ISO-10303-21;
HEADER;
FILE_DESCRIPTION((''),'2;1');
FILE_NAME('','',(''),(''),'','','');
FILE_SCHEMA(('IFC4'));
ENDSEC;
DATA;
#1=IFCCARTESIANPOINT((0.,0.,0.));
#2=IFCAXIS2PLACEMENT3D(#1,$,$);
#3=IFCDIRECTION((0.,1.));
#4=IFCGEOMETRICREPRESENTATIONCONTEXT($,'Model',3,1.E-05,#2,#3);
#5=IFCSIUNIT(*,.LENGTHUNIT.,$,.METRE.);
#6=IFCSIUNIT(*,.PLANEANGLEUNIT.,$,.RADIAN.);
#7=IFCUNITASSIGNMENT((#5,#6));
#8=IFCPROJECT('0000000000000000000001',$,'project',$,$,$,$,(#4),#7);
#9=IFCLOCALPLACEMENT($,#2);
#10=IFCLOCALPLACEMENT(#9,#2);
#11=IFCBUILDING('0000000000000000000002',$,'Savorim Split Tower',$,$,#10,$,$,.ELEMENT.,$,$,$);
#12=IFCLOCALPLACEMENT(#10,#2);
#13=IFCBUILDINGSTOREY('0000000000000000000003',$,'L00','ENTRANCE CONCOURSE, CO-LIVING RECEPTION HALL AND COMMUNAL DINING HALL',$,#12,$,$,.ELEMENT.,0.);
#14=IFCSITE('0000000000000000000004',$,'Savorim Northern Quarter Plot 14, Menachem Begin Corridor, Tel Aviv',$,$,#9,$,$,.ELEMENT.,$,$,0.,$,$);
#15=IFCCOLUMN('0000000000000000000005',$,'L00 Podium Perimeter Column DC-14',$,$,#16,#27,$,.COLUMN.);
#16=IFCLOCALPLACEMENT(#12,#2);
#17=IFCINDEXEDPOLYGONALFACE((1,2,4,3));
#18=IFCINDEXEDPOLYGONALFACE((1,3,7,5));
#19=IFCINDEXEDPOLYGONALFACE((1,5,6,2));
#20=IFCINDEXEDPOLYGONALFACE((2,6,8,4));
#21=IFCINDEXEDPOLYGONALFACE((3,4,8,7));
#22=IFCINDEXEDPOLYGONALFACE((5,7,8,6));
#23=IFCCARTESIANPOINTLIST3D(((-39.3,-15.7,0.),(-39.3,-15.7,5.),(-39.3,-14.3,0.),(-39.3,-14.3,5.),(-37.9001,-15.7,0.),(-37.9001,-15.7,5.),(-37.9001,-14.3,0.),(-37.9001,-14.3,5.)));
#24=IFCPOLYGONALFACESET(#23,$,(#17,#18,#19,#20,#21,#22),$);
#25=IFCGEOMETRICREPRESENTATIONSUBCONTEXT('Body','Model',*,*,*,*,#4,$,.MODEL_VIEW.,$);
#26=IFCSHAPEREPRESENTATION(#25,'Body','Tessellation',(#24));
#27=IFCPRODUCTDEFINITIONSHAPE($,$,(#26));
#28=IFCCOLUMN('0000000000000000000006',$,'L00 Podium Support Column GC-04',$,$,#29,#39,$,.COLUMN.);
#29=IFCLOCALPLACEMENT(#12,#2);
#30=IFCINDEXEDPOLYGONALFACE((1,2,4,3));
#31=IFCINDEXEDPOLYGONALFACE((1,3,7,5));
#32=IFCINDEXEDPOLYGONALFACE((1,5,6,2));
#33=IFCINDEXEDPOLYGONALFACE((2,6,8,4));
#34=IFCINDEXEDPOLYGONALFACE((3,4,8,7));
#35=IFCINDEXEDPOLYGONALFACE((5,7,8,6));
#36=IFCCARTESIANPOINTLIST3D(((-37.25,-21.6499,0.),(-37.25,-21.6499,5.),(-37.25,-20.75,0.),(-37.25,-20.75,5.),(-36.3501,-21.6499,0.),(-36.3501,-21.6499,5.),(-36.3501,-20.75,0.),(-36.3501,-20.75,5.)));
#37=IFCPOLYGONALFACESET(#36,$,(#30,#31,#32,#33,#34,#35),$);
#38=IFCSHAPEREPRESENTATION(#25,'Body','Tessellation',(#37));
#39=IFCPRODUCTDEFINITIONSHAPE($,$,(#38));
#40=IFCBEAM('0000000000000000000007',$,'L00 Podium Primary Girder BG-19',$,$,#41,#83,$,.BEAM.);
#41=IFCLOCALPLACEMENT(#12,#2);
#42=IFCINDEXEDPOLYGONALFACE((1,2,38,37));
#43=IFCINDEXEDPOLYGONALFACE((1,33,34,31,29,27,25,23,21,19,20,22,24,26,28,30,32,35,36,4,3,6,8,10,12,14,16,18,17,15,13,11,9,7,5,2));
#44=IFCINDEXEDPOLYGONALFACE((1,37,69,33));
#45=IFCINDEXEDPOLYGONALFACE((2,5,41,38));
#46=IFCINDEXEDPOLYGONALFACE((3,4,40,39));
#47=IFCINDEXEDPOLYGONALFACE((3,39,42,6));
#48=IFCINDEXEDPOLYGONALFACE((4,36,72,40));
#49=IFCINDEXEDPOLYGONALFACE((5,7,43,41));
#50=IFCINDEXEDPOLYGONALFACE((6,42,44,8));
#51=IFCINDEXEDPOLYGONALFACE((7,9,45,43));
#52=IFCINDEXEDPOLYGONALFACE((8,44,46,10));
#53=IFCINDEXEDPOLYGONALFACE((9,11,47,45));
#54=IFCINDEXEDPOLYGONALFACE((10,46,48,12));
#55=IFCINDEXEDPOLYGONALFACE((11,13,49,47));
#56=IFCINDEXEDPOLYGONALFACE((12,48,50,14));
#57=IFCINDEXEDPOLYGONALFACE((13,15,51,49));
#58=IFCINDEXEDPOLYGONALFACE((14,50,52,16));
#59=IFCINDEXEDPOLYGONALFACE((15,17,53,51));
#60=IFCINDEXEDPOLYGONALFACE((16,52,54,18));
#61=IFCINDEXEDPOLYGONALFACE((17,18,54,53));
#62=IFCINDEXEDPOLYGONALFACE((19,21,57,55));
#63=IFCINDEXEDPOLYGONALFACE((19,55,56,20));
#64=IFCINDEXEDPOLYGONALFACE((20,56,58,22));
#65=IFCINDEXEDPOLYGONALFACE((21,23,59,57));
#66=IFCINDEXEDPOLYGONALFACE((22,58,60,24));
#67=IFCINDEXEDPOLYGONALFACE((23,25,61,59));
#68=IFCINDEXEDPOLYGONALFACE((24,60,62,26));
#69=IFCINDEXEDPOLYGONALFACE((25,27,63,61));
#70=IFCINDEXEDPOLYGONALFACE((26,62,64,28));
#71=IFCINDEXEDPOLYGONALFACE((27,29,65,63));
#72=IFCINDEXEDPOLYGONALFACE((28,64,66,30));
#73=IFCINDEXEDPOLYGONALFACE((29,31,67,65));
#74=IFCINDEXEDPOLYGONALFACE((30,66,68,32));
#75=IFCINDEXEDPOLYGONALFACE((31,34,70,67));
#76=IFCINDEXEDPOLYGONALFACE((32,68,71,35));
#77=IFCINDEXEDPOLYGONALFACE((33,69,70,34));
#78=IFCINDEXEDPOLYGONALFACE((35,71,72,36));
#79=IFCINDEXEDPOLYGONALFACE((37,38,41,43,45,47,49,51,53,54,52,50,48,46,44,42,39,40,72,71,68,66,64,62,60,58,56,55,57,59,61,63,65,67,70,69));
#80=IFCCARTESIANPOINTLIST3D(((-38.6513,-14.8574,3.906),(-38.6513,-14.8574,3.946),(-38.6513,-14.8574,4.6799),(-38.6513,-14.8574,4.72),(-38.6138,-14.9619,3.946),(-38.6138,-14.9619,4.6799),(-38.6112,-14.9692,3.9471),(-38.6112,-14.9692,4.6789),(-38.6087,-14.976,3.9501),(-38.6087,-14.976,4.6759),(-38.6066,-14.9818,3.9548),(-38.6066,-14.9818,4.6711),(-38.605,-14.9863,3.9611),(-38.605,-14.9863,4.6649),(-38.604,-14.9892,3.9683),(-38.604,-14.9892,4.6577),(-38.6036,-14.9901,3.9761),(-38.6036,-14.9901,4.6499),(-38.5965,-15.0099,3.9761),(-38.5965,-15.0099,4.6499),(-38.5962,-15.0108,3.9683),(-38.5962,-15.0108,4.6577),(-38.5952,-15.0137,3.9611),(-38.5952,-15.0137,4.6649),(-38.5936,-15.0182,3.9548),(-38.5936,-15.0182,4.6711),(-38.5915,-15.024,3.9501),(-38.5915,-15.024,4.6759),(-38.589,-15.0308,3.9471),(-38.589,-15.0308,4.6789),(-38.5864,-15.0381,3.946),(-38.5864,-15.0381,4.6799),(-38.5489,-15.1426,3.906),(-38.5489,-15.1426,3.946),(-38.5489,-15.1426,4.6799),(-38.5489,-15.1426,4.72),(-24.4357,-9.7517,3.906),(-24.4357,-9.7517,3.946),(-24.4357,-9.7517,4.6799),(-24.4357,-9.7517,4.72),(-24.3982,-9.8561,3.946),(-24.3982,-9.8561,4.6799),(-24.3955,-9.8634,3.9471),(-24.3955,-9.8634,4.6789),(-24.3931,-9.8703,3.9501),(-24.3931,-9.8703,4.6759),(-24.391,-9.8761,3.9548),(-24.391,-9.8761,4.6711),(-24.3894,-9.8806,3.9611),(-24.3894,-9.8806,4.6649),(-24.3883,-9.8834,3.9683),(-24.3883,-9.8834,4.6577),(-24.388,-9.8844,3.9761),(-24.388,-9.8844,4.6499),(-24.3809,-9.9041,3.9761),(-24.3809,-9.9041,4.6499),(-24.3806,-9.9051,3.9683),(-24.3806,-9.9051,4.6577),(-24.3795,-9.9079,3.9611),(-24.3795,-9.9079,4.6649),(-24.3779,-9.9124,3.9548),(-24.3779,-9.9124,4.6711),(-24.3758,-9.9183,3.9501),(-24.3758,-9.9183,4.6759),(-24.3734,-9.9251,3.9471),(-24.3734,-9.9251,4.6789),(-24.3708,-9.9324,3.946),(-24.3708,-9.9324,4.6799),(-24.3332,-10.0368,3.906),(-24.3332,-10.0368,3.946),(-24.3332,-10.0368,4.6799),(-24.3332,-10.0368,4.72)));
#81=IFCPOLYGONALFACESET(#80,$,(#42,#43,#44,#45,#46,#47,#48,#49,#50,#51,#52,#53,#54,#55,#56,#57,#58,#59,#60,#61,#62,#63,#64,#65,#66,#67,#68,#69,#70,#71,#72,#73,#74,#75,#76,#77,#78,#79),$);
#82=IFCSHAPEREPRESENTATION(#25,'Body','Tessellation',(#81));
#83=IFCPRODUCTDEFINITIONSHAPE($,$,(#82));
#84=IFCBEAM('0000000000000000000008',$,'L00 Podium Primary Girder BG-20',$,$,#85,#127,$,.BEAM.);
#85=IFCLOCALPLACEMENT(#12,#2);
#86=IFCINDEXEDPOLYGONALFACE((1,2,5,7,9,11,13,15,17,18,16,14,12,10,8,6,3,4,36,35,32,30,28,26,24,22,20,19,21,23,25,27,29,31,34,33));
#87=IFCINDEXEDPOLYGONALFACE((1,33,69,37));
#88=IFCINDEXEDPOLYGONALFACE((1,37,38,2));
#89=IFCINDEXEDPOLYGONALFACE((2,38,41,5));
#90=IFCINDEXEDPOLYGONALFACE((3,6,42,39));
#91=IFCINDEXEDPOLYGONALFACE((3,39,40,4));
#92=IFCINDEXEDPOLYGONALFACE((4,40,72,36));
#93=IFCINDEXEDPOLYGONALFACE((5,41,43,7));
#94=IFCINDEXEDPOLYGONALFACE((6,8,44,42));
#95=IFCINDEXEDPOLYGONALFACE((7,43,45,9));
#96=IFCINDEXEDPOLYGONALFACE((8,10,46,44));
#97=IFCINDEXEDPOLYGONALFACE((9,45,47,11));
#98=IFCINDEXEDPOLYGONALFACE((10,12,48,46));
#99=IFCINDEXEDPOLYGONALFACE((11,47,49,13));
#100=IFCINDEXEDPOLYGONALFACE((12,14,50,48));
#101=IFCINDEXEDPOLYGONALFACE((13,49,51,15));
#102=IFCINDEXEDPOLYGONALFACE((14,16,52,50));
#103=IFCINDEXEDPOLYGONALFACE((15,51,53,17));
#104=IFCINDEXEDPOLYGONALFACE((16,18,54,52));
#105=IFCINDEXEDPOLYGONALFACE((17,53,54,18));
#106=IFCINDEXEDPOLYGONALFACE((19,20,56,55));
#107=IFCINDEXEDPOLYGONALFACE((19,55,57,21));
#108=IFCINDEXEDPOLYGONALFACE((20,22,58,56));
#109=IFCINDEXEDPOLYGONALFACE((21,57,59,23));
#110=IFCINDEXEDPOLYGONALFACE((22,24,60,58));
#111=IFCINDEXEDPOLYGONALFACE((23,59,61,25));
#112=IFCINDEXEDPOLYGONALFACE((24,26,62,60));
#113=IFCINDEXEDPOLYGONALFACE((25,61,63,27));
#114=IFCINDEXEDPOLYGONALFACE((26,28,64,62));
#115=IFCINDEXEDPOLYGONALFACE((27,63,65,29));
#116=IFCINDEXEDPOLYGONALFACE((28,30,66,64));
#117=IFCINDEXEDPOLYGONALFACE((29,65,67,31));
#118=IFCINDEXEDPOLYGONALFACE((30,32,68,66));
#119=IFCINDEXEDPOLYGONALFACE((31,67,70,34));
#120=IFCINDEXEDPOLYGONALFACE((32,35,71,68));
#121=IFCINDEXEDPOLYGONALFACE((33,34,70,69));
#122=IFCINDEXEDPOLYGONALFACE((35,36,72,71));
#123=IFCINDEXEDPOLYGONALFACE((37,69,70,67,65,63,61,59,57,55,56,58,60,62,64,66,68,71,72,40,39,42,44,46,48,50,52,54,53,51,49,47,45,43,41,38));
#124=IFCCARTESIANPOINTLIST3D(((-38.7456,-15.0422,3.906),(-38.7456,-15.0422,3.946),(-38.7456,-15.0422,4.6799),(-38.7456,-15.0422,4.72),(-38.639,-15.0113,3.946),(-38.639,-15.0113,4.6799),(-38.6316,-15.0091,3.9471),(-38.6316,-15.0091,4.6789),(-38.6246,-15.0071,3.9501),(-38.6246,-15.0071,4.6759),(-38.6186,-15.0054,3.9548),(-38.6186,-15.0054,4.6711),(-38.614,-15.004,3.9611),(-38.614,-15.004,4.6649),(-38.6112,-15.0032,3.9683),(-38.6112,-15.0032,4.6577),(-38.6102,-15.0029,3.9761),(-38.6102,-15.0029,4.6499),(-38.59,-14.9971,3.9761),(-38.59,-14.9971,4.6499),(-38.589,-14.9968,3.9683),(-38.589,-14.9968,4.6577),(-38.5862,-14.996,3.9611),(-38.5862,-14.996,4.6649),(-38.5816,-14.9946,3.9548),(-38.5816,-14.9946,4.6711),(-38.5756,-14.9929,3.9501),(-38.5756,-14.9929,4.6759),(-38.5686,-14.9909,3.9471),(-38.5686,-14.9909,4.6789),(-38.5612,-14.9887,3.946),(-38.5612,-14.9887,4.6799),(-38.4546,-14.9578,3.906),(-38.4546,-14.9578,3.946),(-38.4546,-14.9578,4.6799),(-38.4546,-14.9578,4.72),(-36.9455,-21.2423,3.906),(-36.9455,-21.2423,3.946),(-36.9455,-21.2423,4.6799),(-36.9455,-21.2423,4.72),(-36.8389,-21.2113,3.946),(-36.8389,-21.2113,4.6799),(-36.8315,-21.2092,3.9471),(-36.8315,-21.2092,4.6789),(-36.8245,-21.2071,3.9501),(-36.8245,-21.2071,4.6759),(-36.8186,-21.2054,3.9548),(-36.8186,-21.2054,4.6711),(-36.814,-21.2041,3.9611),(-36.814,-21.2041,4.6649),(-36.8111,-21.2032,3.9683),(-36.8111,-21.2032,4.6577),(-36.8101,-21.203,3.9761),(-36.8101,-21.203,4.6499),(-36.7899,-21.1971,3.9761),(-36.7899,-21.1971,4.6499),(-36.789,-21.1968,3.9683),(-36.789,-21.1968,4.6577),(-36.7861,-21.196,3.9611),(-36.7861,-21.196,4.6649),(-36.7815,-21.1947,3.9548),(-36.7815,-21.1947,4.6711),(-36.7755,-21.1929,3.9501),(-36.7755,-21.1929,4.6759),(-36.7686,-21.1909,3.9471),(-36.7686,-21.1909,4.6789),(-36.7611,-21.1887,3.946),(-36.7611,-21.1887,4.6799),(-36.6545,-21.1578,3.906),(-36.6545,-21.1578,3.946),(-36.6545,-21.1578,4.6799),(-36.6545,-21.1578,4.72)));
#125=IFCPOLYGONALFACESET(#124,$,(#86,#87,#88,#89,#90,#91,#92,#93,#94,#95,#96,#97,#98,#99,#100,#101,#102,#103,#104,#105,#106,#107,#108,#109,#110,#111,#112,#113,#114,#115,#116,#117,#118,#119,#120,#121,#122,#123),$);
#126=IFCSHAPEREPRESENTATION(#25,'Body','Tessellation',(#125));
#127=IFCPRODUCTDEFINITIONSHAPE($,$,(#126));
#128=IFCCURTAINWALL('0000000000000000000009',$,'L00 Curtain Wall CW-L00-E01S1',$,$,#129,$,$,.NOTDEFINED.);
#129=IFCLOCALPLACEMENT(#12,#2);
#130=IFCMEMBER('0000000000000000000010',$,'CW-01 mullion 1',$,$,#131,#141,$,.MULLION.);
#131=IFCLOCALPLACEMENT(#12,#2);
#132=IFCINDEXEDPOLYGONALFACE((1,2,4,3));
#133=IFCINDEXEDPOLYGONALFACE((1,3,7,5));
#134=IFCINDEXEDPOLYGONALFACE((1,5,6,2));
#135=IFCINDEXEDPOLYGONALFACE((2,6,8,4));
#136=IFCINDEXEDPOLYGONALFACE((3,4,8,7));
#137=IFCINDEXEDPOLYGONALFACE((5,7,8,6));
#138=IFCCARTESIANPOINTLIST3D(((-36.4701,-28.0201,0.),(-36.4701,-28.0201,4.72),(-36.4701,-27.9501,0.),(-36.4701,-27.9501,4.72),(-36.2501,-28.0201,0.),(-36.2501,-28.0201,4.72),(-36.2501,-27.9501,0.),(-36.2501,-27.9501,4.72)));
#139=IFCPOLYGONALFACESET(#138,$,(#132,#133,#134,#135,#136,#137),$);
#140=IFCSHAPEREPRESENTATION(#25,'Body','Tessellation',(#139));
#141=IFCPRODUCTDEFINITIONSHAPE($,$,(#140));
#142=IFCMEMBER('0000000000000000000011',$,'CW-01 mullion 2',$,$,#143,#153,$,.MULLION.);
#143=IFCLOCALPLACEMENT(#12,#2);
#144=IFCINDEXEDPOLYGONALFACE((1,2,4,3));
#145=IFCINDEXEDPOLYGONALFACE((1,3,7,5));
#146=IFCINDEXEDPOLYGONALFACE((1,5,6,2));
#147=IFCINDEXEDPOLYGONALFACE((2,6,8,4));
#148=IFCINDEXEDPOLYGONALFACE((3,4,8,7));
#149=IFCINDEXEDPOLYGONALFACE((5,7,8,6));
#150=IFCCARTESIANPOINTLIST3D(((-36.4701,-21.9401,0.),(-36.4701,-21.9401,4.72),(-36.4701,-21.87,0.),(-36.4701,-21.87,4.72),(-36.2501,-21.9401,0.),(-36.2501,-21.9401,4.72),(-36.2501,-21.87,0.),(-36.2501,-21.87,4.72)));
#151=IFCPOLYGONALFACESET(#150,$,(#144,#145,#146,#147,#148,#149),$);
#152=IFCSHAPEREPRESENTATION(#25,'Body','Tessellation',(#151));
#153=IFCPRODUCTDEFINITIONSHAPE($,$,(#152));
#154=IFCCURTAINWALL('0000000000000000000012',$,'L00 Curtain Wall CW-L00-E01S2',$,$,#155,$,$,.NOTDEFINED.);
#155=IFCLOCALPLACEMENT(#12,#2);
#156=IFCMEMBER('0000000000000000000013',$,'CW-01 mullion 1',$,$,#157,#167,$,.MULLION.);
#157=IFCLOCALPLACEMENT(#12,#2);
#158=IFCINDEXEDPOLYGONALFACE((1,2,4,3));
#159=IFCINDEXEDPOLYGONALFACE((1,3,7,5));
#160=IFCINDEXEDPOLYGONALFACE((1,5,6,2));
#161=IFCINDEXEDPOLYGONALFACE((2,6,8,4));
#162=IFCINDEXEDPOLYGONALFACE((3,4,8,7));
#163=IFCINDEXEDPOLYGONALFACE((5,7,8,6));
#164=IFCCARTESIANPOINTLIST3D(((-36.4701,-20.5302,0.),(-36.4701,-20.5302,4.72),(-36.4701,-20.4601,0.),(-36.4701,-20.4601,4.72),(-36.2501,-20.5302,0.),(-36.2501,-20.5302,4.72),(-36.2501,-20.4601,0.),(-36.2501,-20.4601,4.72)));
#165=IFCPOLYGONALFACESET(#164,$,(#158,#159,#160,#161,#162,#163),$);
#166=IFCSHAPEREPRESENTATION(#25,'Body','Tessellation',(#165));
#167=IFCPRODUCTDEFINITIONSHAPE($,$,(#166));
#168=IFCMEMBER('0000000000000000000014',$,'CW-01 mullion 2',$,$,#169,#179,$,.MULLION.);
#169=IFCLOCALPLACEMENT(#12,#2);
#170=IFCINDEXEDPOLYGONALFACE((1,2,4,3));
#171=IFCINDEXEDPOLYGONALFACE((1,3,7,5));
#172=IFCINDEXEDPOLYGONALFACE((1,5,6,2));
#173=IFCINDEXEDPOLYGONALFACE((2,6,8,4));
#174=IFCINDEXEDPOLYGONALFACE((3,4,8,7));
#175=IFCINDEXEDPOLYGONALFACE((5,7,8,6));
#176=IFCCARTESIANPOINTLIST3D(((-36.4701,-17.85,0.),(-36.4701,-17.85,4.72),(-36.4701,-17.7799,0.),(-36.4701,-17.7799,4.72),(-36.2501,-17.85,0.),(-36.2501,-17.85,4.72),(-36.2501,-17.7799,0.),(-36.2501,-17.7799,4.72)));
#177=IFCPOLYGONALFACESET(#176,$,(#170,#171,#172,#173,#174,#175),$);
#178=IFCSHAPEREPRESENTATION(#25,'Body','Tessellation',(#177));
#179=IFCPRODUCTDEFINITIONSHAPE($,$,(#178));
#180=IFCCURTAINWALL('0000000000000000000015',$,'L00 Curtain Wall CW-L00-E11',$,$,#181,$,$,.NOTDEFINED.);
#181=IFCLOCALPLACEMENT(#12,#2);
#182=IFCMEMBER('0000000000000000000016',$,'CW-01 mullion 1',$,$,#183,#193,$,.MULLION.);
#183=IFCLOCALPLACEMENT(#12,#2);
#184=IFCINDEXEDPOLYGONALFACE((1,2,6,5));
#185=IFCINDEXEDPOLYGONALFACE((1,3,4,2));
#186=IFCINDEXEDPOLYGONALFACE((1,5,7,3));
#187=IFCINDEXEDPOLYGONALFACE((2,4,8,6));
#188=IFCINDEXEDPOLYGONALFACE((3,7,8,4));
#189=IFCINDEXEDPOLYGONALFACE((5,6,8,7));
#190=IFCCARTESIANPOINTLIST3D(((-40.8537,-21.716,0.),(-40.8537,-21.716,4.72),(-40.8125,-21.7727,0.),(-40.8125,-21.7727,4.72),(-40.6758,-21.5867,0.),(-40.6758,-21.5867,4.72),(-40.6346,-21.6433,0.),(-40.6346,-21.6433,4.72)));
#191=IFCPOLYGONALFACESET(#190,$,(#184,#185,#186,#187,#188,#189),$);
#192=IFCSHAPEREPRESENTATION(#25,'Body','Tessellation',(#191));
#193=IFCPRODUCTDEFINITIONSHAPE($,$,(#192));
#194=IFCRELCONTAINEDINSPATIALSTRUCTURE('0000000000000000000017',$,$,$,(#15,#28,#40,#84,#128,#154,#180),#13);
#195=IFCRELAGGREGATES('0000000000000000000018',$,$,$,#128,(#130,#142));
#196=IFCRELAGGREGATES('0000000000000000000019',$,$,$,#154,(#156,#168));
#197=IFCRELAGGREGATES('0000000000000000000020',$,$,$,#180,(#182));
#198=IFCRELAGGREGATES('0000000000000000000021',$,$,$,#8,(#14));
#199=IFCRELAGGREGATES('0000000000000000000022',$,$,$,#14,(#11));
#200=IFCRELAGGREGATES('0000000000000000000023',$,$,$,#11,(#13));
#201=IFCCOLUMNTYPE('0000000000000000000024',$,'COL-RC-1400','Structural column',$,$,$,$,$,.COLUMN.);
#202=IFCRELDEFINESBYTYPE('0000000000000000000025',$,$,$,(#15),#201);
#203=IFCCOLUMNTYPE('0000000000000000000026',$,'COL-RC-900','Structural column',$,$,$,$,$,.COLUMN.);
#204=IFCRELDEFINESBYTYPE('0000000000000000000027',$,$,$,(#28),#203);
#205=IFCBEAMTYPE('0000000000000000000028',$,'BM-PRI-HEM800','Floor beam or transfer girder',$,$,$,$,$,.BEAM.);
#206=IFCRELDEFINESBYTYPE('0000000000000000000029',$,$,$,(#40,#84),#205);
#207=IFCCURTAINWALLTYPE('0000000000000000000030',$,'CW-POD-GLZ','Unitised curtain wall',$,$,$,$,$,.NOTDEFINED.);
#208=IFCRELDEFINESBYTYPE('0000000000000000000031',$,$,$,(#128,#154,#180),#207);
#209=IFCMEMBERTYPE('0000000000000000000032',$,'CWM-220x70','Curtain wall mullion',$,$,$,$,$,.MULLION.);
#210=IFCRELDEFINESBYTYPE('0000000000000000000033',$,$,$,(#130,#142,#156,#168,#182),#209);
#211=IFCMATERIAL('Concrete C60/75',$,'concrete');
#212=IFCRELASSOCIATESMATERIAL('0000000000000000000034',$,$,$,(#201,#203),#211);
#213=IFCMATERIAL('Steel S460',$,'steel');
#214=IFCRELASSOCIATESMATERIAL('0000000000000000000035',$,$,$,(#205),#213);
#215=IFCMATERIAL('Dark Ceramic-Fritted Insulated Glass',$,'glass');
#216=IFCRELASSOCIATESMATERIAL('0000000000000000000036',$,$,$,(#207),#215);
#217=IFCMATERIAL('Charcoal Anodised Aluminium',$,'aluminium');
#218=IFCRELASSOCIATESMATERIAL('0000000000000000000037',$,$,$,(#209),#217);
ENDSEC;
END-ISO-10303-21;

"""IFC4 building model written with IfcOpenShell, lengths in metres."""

from ifc_helpers import new_model, si_unit, direction, frame, origin, origin_2d, place, context, subcontext, project, spatial, rectangle, i_section, extrude, material, material_profile, profile_set, type_object, element, aggregate, save


model = new_model("IFC4")

# Units and contexts
model_context = context("Model", 3, precision=1e-05, world=origin(), true_north=direction((0.0, 1.0)))
body_context = subcontext(model_context, "Body", "Model", "MODEL_VIEW")
ifc_project = project(units=[si_unit("LENGTHUNIT", "METRE"), si_unit("PLANEANGLEUNIT", "RADIAN")], contexts=[model_context])

# Site, building, storey
site_placement = place(None, origin())
site = spatial("IfcSite", under=ifc_project, at=site_placement, Name="Savorim Northern Quarter Plot 14, Menachem Begin Corridor, Tel Aviv", CompositionType="ELEMENT", RefElevation=0.0)
building_placement = place(site_placement, origin())
building = spatial("IfcBuilding", under=site, at=building_placement, Name="Savorim Split Tower", CompositionType="ELEMENT")
storey_placement = place(building_placement, origin())
storey = spatial("IfcBuildingStorey", under=building, at=storey_placement, Name="L00", Description="ENTRANCE CONCOURSE, CO-LIVING RECEPTION HALL AND COMMUNAL DINING HALL", CompositionType="ELEMENT", Elevation=0.0)

# Columns
ifc_material_1 = material(Name="Concrete C60/75", Category="concrete")
ifc_material_profile_1 = material_profile(ifc_material_1, rectangle(XDim=1.3999, YDim=1.3999, at=origin_2d()), Name="RC 1400x1400")
ifc_profile_set_1 = profile_set([ifc_material_profile_1], Name="Concrete C60/75")
column_type_1 = type_object("IfcColumnType", Name="COL-RC-1400", Description="Structural column", PredefinedType="COLUMN", material=ifc_profile_set_1)
column_1_placement = place(storey_placement, frame((-38.6001, -15.0, 0.0), z_axis=(0.0, 0.0, 1.0), x_axis=(1.0, 0.0, 0.0)))
element("IfcColumn", 1, at=column_1_placement, inside=storey, type_object=column_type_1, Name="L00 Podium Perimeter Column DC-14", PredefinedType="COLUMN", context=body_context, shape_type="SweptSolid", body=[
    extrude(rectangle(XDim=1.3999, YDim=1.3999, at=origin_2d()), origin(), (0.0, 0.0, 1.0), 5.0),
])
ifc_material_profile_2 = material_profile(ifc_material_1, rectangle(XDim=0.8999, YDim=0.8999, at=origin_2d()), Name="RC 900x900")
ifc_profile_set_2 = profile_set([ifc_material_profile_2], Name="Concrete C60/75")
column_type_2 = type_object("IfcColumnType", Name="COL-RC-900", Description="Structural column", PredefinedType="COLUMN", material=ifc_profile_set_2)
column_2_placement = place(storey_placement, frame((-36.8, -21.2, 0.0), z_axis=(0.0, 0.0, 1.0), x_axis=(1.0, 0.0, 0.0)))
element("IfcColumn", 2, at=column_2_placement, inside=storey, type_object=column_type_2, Name="L00 Podium Support Column GC-04", PredefinedType="COLUMN", context=body_context, shape_type="SweptSolid", body=[
    extrude(rectangle(XDim=0.8999, YDim=0.8999, at=origin_2d()), origin(), (0.0, 0.0, 1.0), 5.0),
])

# Beams
ifc_material_2 = material(Name="Steel S460", Category="steel")
ifc_material_profile_3 = material_profile(ifc_material_2, i_section(OverallWidth=0.303, OverallDepth=0.814, WebThickness=0.021, FlangeThickness=0.04, FilletRadius=0.03, at=origin_2d()), Name="HE 800 M")
ifc_profile_set_3 = profile_set([ifc_material_profile_3], Name="Steel S460")
beam_type = type_object("IfcBeamType", Name="BM-PRI-HEM800", Description="Floor beam or transfer girder", PredefinedType="BEAM", material=ifc_profile_set_3)
beam_1_placement = place(storey_placement, frame((-38.6001, -15.0, 4.313), z_axis=(0.941138, 0.338022, 0.0), x_axis=(-0.338022, 0.941138, 0.0)))
element("IfcBeam", 3, at=beam_1_placement, inside=storey, type_object=beam_type, Name="L00 Podium Primary Girder BG-19", PredefinedType="BEAM", context=body_context, shape_type="SweptSolid", body=[
    extrude(i_section(OverallWidth=0.303, OverallDepth=0.814, WebThickness=0.021, FlangeThickness=0.04, FilletRadius=0.03, at=origin_2d()), origin(), (0.0, 0.0, 1.0), 15.1047),
])
beam_2_placement = place(storey_placement, frame((-38.6001, -15.0, 4.313), z_axis=(0.278819, -0.960344, 0.0), x_axis=(0.960344, 0.278819, 0.0)))
element("IfcBeam", 4, at=beam_2_placement, inside=storey, type_object=beam_type, Name="L00 Podium Primary Girder BG-20", PredefinedType="BEAM", context=body_context, shape_type="SweptSolid", body=[
    extrude(i_section(OverallWidth=0.303, OverallDepth=0.814, WebThickness=0.021, FlangeThickness=0.04, FilletRadius=0.03, at=origin_2d()), origin(), (0.0, 0.0, 1.0), 6.4561),
])

# Curtain walls, members
ifc_material_3 = material(Name="Dark Ceramic-Fritted Insulated Glass", Category="glass")
curtain_wall_type = type_object("IfcCurtainWallType", Name="CW-POD-GLZ", Description="Unitised curtain wall", PredefinedType="NOTDEFINED", material=ifc_material_3)
curtain_wall_1_placement = place(storey_placement, origin())
curtain_wall_1 = element("IfcCurtainWall", 5, at=curtain_wall_1_placement, inside=storey, type_object=curtain_wall_type, Name="L00 Curtain Wall CW-L00-E01S1", PredefinedType="NOTDEFINED")
ifc_material_4 = material(Name="Charcoal Anodised Aluminium", Category="aluminium")
ifc_material_profile_4 = material_profile(ifc_material_4, rectangle(XDim=0.22, YDim=0.0701, at=origin_2d()), Name="ALU-M 220x70")
ifc_profile_set_4 = profile_set([ifc_material_profile_4], Name="Charcoal Anodised Aluminium")
member_type_1 = type_object("IfcMemberType", Name="CWM-220x70", Description="Curtain wall mullion", PredefinedType="MULLION", material=ifc_profile_set_4)
member_1_placement = place(storey_placement, frame((-36.3601, -27.9851, 0.0), z_axis=(0.0, 0.0, 1.0), x_axis=(-1.0, 0.0, 0.0)))
member_1 = element("IfcMember", 6, at=member_1_placement, type_object=member_type_1, Name="CW-01 mullion 1", PredefinedType="MULLION", context=body_context, shape_type="SweptSolid", body=[
    extrude(rectangle(XDim=0.22, YDim=0.0701, at=origin_2d()), origin(), (0.0, 0.0, 1.0), 4.72),
])
member_2_placement = place(storey_placement, frame((-36.3601, -21.905, 0.0), z_axis=(0.0, 0.0, 1.0), x_axis=(-1.0, 0.0, 0.0)))
member_2 = element("IfcMember", 7, at=member_2_placement, type_object=member_type_1, Name="CW-01 mullion 2", PredefinedType="MULLION", context=body_context, shape_type="SweptSolid", body=[
    extrude(rectangle(XDim=0.22, YDim=0.0701, at=origin_2d()), origin(), (0.0, 0.0, 1.0), 4.72),
])
curtain_wall_2_placement = place(storey_placement, origin())
curtain_wall_2 = element("IfcCurtainWall", 8, at=curtain_wall_2_placement, inside=storey, type_object=curtain_wall_type, Name="L00 Curtain Wall CW-L00-E01S2", PredefinedType="NOTDEFINED")
member_3_placement = place(storey_placement, frame((-36.3601, -20.4951, 0.0), z_axis=(0.0, 0.0, 1.0), x_axis=(-1.0, 0.0, 0.0)))
member_3 = element("IfcMember", 9, at=member_3_placement, type_object=member_type_1, Name="CW-01 mullion 1", PredefinedType="MULLION", context=body_context, shape_type="SweptSolid", body=[
    extrude(rectangle(XDim=0.22, YDim=0.0701, at=origin_2d()), origin(), (0.0, 0.0, 1.0), 4.72),
])
member_4_placement = place(storey_placement, frame((-36.3601, -17.8149, 0.0), z_axis=(0.0, 0.0, 1.0), x_axis=(-1.0, 0.0, 0.0)))
member_4 = element("IfcMember", 10, at=member_4_placement, type_object=member_type_1, Name="CW-01 mullion 2", PredefinedType="MULLION", context=body_context, shape_type="SweptSolid", body=[
    extrude(rectangle(XDim=0.22, YDim=0.0701, at=origin_2d()), origin(), (0.0, 0.0, 1.0), 4.72),
])

# Curtain wall, member
curtain_wall_3_placement = place(storey_placement, origin())
curtain_wall_3 = element("IfcCurtainWall", 11, at=curtain_wall_3_placement, inside=storey, type_object=curtain_wall_type, Name="L00 Curtain Wall CW-L00-E11", PredefinedType="NOTDEFINED")
member_5_placement = place(storey_placement, frame((-40.7441, -21.6797, 0.0), z_axis=(0.0, 0.0, 1.0), x_axis=(0.808737, 0.58817, 0.0)))
member_5 = element("IfcMember", 12, at=member_5_placement, type_object=member_type_1, Name="CW-01 mullion 1", PredefinedType="MULLION", context=body_context, shape_type="SweptSolid", body=[
    extrude(rectangle(XDim=0.22, YDim=0.0701, at=origin_2d()), origin(), (0.0, 0.0, 1.0), 4.72),
])

aggregate(curtain_wall_1, [member_1, member_2])
aggregate(curtain_wall_2, [member_3, member_4])
aggregate(curtain_wall_3, [member_5])

save(model, "model.ifc")
